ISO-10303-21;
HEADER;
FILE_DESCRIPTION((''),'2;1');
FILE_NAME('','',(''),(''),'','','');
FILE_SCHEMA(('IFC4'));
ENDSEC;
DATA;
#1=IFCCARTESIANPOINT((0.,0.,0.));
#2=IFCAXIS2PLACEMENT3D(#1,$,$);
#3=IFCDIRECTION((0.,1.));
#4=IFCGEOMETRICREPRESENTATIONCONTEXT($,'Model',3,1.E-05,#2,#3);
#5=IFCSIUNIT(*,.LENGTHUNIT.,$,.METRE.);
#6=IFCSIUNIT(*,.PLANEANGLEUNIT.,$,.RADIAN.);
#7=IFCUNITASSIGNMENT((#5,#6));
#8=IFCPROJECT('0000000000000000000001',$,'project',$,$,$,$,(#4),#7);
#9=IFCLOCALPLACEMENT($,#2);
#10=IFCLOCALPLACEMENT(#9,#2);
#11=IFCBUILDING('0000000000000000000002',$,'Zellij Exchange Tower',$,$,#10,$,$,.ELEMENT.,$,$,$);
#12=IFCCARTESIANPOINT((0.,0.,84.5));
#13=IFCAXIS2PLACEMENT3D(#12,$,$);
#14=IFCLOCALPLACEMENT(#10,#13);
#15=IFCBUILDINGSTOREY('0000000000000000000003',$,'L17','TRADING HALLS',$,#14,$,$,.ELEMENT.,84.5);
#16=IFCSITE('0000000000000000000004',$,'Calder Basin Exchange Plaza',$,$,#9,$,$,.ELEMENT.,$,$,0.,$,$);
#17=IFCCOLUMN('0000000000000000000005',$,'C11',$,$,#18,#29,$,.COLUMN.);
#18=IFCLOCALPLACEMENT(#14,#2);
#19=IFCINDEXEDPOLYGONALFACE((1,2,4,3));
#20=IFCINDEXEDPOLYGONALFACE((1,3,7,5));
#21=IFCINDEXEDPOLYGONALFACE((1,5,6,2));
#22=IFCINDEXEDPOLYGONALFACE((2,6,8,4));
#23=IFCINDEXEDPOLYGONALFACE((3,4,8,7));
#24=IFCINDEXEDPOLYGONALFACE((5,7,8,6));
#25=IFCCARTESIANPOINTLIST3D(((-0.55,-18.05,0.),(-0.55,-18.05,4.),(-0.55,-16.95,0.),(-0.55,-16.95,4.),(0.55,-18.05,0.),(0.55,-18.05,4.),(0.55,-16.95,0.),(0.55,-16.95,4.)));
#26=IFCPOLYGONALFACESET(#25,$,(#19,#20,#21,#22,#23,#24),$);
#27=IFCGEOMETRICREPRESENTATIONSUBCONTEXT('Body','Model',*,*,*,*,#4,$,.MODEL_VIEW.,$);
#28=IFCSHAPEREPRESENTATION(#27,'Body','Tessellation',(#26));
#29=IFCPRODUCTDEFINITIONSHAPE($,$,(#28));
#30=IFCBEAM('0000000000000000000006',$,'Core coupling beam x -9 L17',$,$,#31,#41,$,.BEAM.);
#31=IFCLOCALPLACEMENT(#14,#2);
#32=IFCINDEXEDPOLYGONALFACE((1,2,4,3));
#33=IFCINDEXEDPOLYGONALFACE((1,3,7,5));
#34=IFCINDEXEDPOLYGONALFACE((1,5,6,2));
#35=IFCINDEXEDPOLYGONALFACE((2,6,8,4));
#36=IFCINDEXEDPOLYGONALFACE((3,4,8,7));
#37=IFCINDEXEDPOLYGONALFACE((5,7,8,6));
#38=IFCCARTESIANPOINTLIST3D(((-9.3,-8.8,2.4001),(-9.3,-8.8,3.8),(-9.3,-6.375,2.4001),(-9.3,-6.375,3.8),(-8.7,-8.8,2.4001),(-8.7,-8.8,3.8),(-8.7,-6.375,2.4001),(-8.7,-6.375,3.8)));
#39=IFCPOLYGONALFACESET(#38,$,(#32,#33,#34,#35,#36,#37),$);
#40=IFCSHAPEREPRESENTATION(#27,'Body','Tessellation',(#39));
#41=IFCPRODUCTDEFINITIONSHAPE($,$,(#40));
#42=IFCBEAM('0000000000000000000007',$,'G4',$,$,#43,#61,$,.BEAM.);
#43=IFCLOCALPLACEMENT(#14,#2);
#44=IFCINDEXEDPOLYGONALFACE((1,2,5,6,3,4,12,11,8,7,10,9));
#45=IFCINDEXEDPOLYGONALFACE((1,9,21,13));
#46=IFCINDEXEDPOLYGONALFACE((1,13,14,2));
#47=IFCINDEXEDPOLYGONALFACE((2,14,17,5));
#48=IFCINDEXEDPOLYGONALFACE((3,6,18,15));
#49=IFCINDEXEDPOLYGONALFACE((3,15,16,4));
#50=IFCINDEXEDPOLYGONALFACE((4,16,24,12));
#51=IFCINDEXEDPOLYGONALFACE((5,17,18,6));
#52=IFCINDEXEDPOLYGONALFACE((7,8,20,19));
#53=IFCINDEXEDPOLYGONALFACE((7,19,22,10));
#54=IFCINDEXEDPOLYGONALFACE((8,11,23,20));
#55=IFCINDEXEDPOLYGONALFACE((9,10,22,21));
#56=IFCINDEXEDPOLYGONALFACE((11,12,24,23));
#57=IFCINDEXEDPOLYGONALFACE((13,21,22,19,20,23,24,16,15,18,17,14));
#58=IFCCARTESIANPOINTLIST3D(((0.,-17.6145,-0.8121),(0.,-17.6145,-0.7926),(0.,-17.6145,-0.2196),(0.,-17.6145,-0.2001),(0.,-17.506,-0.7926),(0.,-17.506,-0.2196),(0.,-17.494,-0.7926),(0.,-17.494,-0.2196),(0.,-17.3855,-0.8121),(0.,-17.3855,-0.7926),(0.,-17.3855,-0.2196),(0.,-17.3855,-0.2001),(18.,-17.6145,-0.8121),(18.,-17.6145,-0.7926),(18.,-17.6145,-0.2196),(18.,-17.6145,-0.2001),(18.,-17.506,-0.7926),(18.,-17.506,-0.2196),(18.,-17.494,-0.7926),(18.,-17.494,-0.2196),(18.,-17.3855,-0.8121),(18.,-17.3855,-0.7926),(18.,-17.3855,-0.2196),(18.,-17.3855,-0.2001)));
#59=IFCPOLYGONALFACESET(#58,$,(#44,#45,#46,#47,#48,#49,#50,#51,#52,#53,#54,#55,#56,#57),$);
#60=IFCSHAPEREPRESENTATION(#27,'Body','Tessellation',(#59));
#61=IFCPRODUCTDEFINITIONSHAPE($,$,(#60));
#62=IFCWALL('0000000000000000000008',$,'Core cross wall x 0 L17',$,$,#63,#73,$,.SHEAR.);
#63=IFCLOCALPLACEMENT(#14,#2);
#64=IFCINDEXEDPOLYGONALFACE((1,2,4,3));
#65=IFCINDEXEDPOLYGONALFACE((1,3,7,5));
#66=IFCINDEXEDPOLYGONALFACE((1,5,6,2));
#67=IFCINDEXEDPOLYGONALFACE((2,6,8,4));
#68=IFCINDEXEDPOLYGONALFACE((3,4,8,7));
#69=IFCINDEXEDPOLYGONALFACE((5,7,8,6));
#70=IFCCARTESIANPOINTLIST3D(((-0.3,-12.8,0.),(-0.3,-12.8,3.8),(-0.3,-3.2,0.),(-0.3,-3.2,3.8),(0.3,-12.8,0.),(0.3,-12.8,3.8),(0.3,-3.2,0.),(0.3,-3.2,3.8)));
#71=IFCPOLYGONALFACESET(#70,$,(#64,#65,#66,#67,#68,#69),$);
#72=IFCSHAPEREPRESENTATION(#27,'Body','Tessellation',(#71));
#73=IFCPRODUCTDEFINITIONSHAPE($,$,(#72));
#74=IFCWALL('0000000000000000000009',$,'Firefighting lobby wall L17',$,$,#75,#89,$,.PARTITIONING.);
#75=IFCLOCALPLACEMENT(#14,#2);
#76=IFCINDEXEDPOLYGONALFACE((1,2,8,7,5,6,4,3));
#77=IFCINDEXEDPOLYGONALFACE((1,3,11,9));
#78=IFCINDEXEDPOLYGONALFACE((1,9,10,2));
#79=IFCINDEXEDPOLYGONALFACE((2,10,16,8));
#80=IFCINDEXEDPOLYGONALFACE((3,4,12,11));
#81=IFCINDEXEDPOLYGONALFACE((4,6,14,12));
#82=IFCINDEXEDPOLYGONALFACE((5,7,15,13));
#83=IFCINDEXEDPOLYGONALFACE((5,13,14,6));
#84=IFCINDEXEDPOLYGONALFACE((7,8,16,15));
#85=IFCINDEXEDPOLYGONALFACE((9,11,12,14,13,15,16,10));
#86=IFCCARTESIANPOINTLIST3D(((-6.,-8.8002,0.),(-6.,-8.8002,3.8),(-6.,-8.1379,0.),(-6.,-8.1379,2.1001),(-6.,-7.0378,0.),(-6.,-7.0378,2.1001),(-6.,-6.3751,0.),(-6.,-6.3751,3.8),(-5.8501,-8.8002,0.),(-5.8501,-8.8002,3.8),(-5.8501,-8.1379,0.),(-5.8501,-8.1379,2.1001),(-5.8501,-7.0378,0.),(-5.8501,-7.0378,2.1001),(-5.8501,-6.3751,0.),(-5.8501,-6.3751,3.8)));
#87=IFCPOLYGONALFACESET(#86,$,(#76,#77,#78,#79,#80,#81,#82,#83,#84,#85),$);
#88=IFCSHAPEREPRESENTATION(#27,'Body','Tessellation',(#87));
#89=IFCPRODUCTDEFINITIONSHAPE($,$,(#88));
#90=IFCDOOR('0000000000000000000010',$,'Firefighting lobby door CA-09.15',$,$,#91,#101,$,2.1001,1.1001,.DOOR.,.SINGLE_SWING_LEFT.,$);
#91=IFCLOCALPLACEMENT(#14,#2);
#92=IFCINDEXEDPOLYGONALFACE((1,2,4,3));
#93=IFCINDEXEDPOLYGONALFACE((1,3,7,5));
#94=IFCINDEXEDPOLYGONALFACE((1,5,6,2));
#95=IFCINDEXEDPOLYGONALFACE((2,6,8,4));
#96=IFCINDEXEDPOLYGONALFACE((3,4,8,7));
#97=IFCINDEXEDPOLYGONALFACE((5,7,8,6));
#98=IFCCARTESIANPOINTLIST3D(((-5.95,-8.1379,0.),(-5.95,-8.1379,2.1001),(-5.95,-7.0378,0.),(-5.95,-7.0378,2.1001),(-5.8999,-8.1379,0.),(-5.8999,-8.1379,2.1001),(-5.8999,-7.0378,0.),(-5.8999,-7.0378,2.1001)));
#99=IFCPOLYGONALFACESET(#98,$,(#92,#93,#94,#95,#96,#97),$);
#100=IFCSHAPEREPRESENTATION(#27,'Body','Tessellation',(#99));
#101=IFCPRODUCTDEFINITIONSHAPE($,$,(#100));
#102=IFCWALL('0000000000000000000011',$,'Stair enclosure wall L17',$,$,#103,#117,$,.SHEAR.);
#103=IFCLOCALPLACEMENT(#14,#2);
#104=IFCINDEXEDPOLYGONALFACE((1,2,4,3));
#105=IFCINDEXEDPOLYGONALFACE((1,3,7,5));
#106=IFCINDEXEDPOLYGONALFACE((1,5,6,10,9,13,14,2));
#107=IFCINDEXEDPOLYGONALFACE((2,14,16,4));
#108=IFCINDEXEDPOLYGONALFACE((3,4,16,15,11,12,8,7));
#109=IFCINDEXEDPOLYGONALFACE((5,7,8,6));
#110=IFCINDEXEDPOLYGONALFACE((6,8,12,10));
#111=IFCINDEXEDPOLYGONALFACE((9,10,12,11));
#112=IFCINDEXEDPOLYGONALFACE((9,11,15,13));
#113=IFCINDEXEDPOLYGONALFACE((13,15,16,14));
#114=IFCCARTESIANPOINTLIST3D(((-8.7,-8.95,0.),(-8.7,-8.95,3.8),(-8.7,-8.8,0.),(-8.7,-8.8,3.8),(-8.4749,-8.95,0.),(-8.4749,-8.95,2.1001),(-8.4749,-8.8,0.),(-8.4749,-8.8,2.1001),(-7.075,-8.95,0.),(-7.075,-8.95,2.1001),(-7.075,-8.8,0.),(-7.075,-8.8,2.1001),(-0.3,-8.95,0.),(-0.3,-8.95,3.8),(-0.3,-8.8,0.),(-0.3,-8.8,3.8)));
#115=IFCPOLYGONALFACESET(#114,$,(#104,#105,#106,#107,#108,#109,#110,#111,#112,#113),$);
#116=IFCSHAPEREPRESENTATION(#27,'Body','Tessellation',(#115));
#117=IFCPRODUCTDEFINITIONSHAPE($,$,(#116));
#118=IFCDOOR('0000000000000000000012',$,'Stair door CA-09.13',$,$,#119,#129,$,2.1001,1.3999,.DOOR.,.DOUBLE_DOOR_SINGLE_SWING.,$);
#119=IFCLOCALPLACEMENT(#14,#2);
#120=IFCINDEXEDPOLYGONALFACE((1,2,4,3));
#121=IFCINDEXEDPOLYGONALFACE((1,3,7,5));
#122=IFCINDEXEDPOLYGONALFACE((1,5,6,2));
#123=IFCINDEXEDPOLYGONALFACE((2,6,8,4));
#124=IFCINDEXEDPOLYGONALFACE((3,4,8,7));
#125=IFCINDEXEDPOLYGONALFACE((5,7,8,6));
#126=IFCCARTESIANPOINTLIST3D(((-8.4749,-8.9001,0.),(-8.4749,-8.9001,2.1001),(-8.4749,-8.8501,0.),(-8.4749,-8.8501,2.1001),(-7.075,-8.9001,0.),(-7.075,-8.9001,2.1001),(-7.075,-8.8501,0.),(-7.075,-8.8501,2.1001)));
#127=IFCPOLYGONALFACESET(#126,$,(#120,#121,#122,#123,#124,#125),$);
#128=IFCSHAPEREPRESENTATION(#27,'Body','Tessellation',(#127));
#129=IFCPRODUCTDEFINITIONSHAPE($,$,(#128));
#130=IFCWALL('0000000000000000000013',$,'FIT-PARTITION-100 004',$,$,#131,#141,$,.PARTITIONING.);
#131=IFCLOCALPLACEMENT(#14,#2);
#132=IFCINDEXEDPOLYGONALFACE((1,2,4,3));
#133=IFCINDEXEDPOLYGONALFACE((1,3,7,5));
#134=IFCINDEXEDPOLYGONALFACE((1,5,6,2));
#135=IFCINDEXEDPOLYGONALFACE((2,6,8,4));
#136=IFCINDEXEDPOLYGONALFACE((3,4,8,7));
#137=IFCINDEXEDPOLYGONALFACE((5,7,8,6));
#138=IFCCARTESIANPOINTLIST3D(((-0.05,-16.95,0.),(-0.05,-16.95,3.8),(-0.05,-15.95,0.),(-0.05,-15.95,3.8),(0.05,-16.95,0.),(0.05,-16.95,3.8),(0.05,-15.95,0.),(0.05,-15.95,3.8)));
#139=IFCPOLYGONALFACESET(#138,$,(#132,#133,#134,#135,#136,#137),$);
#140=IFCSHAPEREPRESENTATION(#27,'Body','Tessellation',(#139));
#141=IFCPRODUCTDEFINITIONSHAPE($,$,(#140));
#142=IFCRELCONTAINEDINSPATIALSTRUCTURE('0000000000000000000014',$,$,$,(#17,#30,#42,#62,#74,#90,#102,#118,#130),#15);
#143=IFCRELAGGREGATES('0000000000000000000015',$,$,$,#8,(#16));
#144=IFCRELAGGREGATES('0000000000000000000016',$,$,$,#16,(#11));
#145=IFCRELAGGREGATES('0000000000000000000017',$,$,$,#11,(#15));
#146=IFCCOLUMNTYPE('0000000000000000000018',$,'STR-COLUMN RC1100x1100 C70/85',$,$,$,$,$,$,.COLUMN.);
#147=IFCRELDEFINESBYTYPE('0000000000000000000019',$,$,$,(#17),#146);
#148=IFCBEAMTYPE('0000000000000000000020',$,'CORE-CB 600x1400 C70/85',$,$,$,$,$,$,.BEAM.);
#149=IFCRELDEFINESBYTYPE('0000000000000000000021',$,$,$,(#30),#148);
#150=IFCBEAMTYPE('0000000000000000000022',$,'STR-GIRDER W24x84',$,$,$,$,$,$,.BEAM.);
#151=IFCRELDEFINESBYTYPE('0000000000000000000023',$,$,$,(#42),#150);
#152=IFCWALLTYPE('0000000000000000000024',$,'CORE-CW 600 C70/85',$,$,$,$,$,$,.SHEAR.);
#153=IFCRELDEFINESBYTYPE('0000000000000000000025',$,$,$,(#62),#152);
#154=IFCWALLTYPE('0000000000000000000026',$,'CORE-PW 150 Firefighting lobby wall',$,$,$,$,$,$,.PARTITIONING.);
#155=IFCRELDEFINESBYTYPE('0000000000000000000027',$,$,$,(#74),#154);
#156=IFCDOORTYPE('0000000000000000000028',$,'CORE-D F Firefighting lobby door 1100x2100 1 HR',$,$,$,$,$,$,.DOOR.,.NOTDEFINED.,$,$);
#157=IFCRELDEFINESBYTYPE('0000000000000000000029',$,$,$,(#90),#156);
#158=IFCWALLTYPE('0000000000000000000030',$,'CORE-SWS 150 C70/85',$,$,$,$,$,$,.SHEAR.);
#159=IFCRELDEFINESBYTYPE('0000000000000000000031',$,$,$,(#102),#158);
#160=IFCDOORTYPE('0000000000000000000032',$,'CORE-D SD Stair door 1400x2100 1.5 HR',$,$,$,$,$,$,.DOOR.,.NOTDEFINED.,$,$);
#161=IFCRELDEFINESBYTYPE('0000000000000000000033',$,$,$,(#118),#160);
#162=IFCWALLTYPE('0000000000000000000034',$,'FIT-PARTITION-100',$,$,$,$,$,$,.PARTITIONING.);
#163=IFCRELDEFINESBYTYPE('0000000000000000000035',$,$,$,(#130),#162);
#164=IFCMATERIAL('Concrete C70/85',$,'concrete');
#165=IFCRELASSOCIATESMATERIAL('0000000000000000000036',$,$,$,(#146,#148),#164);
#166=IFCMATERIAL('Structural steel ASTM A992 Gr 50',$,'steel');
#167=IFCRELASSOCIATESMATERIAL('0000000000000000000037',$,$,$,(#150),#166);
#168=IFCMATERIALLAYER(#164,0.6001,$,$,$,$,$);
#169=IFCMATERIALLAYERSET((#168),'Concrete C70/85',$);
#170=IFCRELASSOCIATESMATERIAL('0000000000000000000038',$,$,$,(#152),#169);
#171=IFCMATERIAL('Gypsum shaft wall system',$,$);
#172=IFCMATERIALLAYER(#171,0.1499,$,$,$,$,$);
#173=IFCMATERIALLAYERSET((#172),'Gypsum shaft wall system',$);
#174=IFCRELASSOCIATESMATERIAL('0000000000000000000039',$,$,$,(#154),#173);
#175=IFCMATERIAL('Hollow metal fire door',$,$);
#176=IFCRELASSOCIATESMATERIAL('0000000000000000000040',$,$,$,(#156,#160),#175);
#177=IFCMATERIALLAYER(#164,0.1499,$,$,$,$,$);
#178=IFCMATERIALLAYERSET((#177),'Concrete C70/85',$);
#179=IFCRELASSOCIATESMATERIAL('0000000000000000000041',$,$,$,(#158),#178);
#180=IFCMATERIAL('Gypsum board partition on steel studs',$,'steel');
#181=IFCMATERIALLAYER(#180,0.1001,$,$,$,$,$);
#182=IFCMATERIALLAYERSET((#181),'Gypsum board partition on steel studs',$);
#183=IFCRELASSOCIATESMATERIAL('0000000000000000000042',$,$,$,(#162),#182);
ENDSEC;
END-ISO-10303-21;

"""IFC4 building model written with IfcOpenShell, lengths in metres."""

from ifc_helpers import new_model, si_unit, direction, frame, frame_2d, origin, origin_2d, place, context, subcontext, project, spatial, rectangle, i_section, extrude, material, layer, layer_set, material_profile, profile_set, type_object, element, fill, save


model = new_model("IFC4")

# Units and contexts
model_context = context("Model", 3, precision=1e-05, world=origin(), true_north=direction((0.0, 1.0)))
body_context = subcontext(model_context, "Body", "Model", "MODEL_VIEW")
ifc_project = project(units=[si_unit("LENGTHUNIT", "METRE"), si_unit("PLANEANGLEUNIT", "RADIAN")], contexts=[model_context])

# Site, building, storey
site_placement = place(None, origin())
site = spatial("IfcSite", under=ifc_project, at=site_placement, Name="Calder Basin Exchange Plaza", CompositionType="ELEMENT", RefElevation=0.0)
building_placement = place(site_placement, origin())
building = spatial("IfcBuilding", under=site, at=building_placement, Name="Zellij Exchange Tower", CompositionType="ELEMENT")
storey_placement = place(building_placement, frame((0.0, 0.0, 84.5)))
storey = spatial("IfcBuildingStorey", under=building, at=storey_placement, Name="L17", Description="TRADING HALLS", CompositionType="ELEMENT", Elevation=84.5)

# Column
ifc_material_1 = material(Name="Concrete C70/85", Category="concrete")
ifc_material_profile_1 = material_profile(ifc_material_1, rectangle(XDim=1.1001, YDim=1.1001, at=origin_2d()), Name="STR-COLUMN RC1100x1100 C70/85")
ifc_profile_set_1 = profile_set([ifc_material_profile_1], Name="Concrete C70/85")
column_type = type_object("IfcColumnType", Name="STR-COLUMN RC1100x1100 C70/85", PredefinedType="COLUMN", material=ifc_profile_set_1)
column_placement = place(storey_placement, frame((0.0, -17.5, 0.0), z_axis=(0.0, 0.0, 1.0), x_axis=(1.0, 0.0, 0.0)))
element("IfcColumn", 1, at=column_placement, inside=storey, type_object=column_type, Name="C11", PredefinedType="COLUMN", context=body_context, shape_type="SweptSolid", body=[
    extrude(rectangle(XDim=1.1001, YDim=1.1001, at=origin_2d()), origin(), (0.0, 0.0, 1.0), 4.0),
])

# Beams
ifc_material_profile_2 = material_profile(ifc_material_1, rectangle(XDim=0.6001, YDim=1.3999, at=origin_2d()), Name="CORE-CB 600x1400 C70/85")
ifc_profile_set_2 = profile_set([ifc_material_profile_2], Name="Concrete C70/85")
beam_type_1 = type_object("IfcBeamType", Name="CORE-CB 600x1400 C70/85", PredefinedType="BEAM", material=ifc_profile_set_2)
beam_1_placement = place(storey_placement, frame((-9.0, -8.8, 3.1001), z_axis=(0.0, 1.0, 0.0), x_axis=(-1.0, 0.0, 0.0)))
element("IfcBeam", 2, at=beam_1_placement, inside=storey, type_object=beam_type_1, Name="Core coupling beam x -9 L17", PredefinedType="BEAM", context=body_context, shape_type="SweptSolid", body=[
    extrude(rectangle(XDim=0.6001, YDim=1.3999, at=origin_2d()), origin(), (0.0, 0.0, 1.0), 2.425),
])
ifc_material_2 = material(Name="Structural steel ASTM A992 Gr 50", Category="steel")
ifc_material_profile_3 = material_profile(ifc_material_2, i_section(OverallWidth=0.229, OverallDepth=0.6121, WebThickness=0.012, FlangeThickness=0.0195, at=origin_2d()), Name="W24x84")
ifc_profile_set_3 = profile_set([ifc_material_profile_3], Name="Structural steel ASTM A992 Gr 50")
beam_type_2 = type_object("IfcBeamType", Name="STR-GIRDER W24x84", PredefinedType="BEAM", material=ifc_profile_set_3)
beam_2_placement = place(storey_placement, frame((0.0, -17.5, -0.5061), z_axis=(1.0, 0.0, 0.0), x_axis=(0.0, 1.0, 0.0)))
element("IfcBeam", 3, at=beam_2_placement, inside=storey, type_object=beam_type_2, Name="G4", PredefinedType="BEAM", context=body_context, shape_type="SweptSolid", body=[
    extrude(i_section(OverallWidth=0.229, OverallDepth=0.6121, WebThickness=0.012, FlangeThickness=0.0195, at=origin_2d()), origin(), (0.0, 0.0, 1.0), 18.0),
])

# Wall
ifc_layer_1 = layer(ifc_material_1, 0.6001)
ifc_layer_set_1 = layer_set([ifc_layer_1], Name="Concrete C70/85")
wall_type_1 = type_object("IfcWallType", Name="CORE-CW 600 C70/85", PredefinedType="SHEAR", material=ifc_layer_set_1)
wall_1_placement = place(storey_placement, frame((0.0, -12.8, 0.0), z_axis=(0.0, 0.0, 1.0), x_axis=(0.0, 1.0, 0.0)))
element("IfcWall", 4, at=wall_1_placement, inside=storey, type_object=wall_type_1, Name="Core cross wall x 0 L17", PredefinedType="SHEAR", context=body_context, shape_type="SweptSolid", body=[
    extrude(rectangle(XDim=9.6001, YDim=0.6001, at=frame_2d((4.8, 0.0))), origin(), (0.0, 0.0, 1.0), 3.8),
])

# Walls, openings, doors
ifc_material_3 = material(Name="Gypsum shaft wall system")
ifc_layer_2 = layer(ifc_material_3, 0.1499)
ifc_layer_set_2 = layer_set([ifc_layer_2], Name="Gypsum shaft wall system")
wall_type_2 = type_object("IfcWallType", Name="CORE-PW 150 Firefighting lobby wall", PredefinedType="PARTITIONING", material=ifc_layer_set_2)
wall_2_placement = place(storey_placement, frame((-5.925, -8.8, 0.0), z_axis=(0.0, 0.0, 1.0), x_axis=(0.0, 1.0, 0.0)))
wall_2 = element("IfcWall", 5, at=wall_2_placement, inside=storey, type_object=wall_type_2, Name="Firefighting lobby wall L17", PredefinedType="PARTITIONING", context=body_context, shape_type="SweptSolid", body=[
    extrude(rectangle(XDim=2.425, YDim=0.1499, at=frame_2d((1.2124, 0.0))), origin(), (0.0, 0.0, 1.0), 3.8),
])
opening_1_placement = place(wall_2_placement, frame((0.6621, 0.0, 0.0)))
opening_1 = element("IfcOpeningElement", 6, at=opening_1_placement, cuts=wall_2, PredefinedType="OPENING", context=body_context, shape_type="SweptSolid", body=[
    extrude(rectangle(XDim=1.1001, YDim=2.1001, at=frame_2d((0.55, 1.05))), frame((0.0, 0.0869, 0.0), z_axis=(0.0, -1.0, 0.0), x_axis=(1.0, 0.0, 0.0)), (0.0, 0.0, 1.0), 0.1738),
])
ifc_material_4 = material(Name="Hollow metal fire door")
door_type_1 = type_object("IfcDoorType", Name="CORE-D F Firefighting lobby door 1100x2100 1 HR", OperationType="NOTDEFINED", PredefinedType="DOOR", material=ifc_material_4)
door_1_placement = place(opening_1_placement, origin())
door_1 = element("IfcDoor", 7, at=door_1_placement, inside=storey, type_object=door_type_1, Name="Firefighting lobby door CA-09.15", OperationType="SINGLE_SWING_LEFT", OverallHeight=2.1001, OverallWidth=1.1001, PredefinedType="DOOR", context=body_context, shape_type="SweptSolid", body=[
    extrude(rectangle(XDim=1.1001, YDim=2.1001, at=frame_2d((0.55, 1.05))), frame((0.0, 0.0249, 0.0), z_axis=(0.0, -1.0, 0.0), x_axis=(1.0, 0.0, 0.0)), (0.0, 0.0, 1.0), 0.05),
])
fill(opening_1, door_1)
ifc_layer_3 = layer(ifc_material_1, 0.1499)
ifc_layer_set_3 = layer_set([ifc_layer_3], Name="Concrete C70/85")
wall_type_3 = type_object("IfcWallType", Name="CORE-SWS 150 C70/85", PredefinedType="SHEAR", material=ifc_layer_set_3)
wall_3_placement = place(storey_placement, frame((-8.7, -8.875, 0.0), z_axis=(0.0, 0.0, 1.0), x_axis=(1.0, 0.0, 0.0)))
wall_3 = element("IfcWall", 8, at=wall_3_placement, inside=storey, type_object=wall_type_3, Name="Stair enclosure wall L17", PredefinedType="SHEAR", context=body_context, shape_type="SweptSolid", body=[
    extrude(rectangle(XDim=8.3999, YDim=0.1499, at=frame_2d((4.2, 0.0))), origin(), (0.0, 0.0, 1.0), 3.8),
])
opening_2_placement = place(wall_3_placement, frame((0.2251, 0.0, 0.0)))
opening_2 = element("IfcOpeningElement", 9, at=opening_2_placement, cuts=wall_3, PredefinedType="OPENING", context=body_context, shape_type="SweptSolid", body=[
    extrude(rectangle(XDim=1.3999, YDim=2.1001, at=frame_2d((0.7, 1.05))), frame((0.0, 0.0869, 0.0), z_axis=(0.0, -1.0, 0.0), x_axis=(1.0, 0.0, 0.0)), (0.0, 0.0, 1.0), 0.1738),
])
door_type_2 = type_object("IfcDoorType", Name="CORE-D SD Stair door 1400x2100 1.5 HR", OperationType="NOTDEFINED", PredefinedType="DOOR", material=ifc_material_4)
door_2_placement = place(opening_2_placement, origin())
door_2 = element("IfcDoor", 10, at=door_2_placement, inside=storey, type_object=door_type_2, Name="Stair door CA-09.13", OperationType="DOUBLE_DOOR_SINGLE_SWING", OverallHeight=2.1001, OverallWidth=1.3999, PredefinedType="DOOR", context=body_context, shape_type="SweptSolid", body=[
    extrude(rectangle(XDim=1.3999, YDim=2.1001, at=frame_2d((0.7, 1.05))), frame((0.0, 0.0249, 0.0), z_axis=(0.0, -1.0, 0.0), x_axis=(1.0, 0.0, 0.0)), (0.0, 0.0, 1.0), 0.05),
])
fill(opening_2, door_2)

# Wall
ifc_material_5 = material(Name="Gypsum board partition on steel studs", Category="steel")
ifc_layer_4 = layer(ifc_material_5, 0.1001)
ifc_layer_set_4 = layer_set([ifc_layer_4], Name="Gypsum board partition on steel studs")
wall_type_4 = type_object("IfcWallType", Name="FIT-PARTITION-100", PredefinedType="PARTITIONING", material=ifc_layer_set_4)
wall_4_placement = place(storey_placement, frame((0.0, -16.95, 0.0), z_axis=(0.0, 0.0, 1.0), x_axis=(0.0, 1.0, 0.0)))
element("IfcWall", 11, at=wall_4_placement, inside=storey, type_object=wall_type_4, Name="FIT-PARTITION-100 004", PredefinedType="PARTITIONING", context=body_context, shape_type="SweptSolid", body=[
    extrude(rectangle(XDim=1.0, YDim=0.1001, at=frame_2d((0.5, 0.0))), origin(), (0.0, 0.0, 1.0), 3.8),
])

save(model, "model.ifc")
